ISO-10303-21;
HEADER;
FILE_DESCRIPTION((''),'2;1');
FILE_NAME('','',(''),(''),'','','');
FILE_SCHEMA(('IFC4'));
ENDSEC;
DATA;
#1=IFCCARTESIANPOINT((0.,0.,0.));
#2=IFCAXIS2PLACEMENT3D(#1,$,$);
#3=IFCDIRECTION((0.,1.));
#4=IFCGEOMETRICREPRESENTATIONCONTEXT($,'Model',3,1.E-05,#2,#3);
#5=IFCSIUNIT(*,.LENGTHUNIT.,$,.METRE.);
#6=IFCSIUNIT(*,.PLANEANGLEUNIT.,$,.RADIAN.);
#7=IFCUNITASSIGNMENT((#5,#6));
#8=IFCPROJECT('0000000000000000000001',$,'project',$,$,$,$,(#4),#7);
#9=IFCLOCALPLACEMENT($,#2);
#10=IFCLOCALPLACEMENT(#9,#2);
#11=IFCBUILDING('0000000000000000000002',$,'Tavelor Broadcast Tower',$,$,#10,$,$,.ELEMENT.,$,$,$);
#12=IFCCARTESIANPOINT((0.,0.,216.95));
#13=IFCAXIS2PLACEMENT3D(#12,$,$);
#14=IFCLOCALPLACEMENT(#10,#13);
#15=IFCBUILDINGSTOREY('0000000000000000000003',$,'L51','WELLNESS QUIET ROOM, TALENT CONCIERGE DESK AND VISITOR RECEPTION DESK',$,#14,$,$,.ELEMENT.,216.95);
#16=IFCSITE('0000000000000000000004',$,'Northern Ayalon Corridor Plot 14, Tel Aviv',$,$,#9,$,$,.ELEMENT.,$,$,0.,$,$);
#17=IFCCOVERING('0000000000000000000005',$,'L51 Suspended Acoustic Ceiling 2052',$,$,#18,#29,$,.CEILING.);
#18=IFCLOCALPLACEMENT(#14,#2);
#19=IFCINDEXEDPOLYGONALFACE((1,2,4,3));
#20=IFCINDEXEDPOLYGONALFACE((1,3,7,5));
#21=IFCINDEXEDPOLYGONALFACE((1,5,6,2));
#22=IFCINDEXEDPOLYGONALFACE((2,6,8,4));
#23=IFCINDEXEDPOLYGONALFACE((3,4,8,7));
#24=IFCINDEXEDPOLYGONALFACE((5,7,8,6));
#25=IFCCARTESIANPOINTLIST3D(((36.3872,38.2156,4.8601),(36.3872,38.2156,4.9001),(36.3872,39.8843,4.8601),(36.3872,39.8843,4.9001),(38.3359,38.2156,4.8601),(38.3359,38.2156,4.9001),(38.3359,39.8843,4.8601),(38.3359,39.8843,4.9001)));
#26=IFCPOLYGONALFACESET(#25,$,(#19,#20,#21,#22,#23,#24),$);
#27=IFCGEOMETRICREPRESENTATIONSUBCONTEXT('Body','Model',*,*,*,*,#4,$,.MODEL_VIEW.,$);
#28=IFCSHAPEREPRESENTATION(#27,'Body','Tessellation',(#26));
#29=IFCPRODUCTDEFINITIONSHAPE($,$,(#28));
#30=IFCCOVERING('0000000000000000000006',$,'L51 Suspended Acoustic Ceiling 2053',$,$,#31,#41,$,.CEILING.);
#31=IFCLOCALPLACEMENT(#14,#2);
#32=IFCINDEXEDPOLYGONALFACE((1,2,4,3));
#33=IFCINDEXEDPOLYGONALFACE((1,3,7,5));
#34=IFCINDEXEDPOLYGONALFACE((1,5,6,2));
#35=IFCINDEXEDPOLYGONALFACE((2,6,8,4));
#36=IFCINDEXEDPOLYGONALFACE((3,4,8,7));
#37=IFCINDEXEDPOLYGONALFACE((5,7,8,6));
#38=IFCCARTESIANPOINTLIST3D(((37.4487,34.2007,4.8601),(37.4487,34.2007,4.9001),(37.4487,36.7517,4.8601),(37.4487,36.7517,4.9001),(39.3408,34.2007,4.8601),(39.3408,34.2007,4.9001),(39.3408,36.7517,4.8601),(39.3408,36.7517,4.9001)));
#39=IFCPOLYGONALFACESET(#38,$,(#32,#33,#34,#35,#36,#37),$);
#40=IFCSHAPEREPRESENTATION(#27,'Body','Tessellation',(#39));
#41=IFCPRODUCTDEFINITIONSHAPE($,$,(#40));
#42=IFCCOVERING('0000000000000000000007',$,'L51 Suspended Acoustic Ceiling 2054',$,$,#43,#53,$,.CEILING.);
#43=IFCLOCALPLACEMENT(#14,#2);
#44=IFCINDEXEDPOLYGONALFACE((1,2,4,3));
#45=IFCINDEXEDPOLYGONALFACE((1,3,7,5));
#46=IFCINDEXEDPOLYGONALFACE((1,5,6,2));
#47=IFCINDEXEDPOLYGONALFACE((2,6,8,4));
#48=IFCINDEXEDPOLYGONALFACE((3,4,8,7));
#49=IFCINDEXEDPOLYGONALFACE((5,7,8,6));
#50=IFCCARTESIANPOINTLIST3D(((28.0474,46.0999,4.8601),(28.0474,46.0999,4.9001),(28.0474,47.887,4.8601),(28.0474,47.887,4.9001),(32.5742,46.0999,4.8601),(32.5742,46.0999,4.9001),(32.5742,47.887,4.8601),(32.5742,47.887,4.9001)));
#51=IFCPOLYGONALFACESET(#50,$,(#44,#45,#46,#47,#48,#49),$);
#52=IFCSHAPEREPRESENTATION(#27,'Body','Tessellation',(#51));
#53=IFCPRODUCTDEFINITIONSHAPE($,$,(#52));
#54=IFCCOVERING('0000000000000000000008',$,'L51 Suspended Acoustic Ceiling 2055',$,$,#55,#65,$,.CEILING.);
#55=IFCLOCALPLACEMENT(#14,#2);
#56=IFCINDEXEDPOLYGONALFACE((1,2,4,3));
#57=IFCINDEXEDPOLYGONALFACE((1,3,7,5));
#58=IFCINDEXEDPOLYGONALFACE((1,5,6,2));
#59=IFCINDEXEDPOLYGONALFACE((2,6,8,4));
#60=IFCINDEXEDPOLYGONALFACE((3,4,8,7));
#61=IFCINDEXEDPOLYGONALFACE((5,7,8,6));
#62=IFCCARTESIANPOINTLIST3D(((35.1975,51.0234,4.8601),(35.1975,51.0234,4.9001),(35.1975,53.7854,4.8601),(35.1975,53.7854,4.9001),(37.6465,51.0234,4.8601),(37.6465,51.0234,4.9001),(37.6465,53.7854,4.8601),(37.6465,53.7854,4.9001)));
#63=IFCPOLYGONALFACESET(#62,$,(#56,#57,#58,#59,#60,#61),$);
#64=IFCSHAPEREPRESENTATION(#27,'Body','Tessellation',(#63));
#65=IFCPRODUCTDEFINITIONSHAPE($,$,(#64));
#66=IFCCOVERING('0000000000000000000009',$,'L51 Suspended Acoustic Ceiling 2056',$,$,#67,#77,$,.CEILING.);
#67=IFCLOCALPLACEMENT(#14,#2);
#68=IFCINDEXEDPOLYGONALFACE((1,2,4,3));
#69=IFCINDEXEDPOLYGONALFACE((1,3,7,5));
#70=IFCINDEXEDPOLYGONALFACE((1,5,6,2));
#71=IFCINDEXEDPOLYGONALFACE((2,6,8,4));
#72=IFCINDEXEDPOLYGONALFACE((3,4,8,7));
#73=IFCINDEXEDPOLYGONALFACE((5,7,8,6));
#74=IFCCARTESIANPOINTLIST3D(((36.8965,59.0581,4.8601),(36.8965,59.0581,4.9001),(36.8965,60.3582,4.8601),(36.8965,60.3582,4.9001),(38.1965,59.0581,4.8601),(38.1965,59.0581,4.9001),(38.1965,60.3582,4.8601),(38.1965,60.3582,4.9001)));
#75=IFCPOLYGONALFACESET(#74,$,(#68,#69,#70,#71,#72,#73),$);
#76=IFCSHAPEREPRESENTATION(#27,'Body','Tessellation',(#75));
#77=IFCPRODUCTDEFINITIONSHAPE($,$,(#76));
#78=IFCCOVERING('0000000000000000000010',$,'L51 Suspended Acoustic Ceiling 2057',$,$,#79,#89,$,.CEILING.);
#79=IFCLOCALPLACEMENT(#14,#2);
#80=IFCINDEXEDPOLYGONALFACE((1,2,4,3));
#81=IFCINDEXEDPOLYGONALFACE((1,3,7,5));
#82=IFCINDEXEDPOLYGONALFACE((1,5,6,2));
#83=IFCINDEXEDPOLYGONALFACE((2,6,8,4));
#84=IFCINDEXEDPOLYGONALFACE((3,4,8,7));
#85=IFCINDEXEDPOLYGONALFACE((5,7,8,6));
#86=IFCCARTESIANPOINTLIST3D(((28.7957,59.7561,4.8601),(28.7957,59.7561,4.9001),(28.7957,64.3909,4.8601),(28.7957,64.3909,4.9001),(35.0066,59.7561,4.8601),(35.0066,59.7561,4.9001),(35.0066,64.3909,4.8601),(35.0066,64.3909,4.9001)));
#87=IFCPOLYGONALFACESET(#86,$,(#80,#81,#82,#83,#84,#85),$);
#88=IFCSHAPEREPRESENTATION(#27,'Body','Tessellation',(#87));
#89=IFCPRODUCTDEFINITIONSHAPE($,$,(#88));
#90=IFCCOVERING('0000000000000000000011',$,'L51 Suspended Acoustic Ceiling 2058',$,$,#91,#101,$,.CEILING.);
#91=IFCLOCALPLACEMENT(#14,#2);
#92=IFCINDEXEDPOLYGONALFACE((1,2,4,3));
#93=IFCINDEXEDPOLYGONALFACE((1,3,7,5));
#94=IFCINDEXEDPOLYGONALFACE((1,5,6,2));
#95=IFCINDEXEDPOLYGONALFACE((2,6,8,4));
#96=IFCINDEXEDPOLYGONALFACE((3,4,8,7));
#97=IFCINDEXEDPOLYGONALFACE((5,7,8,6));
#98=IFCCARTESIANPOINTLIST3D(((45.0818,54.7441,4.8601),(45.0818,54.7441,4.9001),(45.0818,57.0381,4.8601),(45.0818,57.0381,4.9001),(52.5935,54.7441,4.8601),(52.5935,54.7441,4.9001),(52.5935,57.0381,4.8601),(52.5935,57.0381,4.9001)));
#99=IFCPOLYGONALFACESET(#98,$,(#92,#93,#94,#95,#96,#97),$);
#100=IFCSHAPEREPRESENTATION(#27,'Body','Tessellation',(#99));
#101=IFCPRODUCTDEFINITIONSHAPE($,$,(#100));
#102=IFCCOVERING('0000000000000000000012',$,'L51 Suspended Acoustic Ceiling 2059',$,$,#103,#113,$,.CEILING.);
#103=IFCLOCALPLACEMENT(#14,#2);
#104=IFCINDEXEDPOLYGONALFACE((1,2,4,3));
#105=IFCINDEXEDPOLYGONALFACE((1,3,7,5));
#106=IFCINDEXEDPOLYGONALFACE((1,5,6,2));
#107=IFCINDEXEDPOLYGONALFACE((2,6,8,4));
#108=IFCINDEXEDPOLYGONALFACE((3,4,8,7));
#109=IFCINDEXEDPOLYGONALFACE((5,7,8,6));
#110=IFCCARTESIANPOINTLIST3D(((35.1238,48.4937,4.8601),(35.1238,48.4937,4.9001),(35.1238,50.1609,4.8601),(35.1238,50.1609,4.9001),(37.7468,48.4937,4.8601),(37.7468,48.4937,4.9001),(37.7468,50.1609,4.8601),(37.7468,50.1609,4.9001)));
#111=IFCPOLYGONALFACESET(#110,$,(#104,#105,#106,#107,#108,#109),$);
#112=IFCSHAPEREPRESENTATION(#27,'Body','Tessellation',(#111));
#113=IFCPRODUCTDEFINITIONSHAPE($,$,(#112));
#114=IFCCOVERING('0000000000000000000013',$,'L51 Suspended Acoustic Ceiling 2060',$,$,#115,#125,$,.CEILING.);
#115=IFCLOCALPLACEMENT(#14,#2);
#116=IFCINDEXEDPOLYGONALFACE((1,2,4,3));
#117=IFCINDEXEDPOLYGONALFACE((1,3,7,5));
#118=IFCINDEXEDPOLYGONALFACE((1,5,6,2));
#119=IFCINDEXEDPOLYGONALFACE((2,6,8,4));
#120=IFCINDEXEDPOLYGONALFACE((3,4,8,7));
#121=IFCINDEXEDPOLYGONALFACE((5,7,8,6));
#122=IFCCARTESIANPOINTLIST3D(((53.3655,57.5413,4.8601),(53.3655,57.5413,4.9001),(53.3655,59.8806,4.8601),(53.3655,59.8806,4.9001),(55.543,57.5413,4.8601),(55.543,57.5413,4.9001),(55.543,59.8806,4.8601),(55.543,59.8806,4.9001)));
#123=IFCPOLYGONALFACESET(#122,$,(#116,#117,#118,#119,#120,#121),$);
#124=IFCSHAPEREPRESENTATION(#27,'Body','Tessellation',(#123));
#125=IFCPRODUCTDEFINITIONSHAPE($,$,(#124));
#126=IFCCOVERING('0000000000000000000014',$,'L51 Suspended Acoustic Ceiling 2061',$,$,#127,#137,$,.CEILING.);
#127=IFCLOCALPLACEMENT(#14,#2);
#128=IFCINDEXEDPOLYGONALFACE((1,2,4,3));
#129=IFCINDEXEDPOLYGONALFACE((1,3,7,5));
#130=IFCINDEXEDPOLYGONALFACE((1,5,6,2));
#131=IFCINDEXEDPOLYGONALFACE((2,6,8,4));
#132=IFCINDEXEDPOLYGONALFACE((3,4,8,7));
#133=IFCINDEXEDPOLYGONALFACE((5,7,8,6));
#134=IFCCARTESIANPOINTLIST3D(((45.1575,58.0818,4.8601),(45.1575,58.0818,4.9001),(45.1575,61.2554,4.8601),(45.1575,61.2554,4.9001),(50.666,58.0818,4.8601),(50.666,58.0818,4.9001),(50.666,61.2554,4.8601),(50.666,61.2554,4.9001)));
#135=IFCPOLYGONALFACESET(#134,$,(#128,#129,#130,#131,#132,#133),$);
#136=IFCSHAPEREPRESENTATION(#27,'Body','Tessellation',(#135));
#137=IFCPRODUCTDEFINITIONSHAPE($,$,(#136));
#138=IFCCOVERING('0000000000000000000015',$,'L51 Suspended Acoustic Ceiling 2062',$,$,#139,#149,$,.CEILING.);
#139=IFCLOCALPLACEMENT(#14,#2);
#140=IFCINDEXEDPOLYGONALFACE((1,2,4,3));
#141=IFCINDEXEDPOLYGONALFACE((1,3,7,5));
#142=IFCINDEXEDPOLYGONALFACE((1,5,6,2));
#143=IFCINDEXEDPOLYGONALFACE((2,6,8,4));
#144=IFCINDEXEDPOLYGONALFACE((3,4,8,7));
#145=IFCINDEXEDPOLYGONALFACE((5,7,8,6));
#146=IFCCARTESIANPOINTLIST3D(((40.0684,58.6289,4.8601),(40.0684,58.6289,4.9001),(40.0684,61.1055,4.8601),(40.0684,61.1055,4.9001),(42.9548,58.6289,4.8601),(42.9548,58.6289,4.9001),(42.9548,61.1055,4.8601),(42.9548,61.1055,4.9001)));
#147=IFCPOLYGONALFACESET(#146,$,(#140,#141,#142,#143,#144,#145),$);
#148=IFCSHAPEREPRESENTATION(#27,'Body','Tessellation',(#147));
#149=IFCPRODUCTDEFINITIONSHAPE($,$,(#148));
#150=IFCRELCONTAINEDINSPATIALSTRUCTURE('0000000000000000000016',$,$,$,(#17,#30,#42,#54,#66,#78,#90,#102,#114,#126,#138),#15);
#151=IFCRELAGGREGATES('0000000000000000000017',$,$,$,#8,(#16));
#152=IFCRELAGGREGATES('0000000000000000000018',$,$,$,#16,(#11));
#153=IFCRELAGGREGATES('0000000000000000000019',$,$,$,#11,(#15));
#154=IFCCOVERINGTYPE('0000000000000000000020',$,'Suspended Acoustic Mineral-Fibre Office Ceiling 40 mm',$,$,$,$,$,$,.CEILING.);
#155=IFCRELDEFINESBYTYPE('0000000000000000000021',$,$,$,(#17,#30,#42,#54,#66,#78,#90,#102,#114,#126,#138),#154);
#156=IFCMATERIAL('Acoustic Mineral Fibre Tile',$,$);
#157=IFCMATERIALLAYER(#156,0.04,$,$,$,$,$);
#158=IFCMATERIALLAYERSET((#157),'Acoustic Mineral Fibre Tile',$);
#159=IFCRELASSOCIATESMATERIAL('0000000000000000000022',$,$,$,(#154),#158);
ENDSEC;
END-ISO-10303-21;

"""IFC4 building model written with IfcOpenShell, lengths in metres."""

from ifc_helpers import new_model, si_unit, direction, frame, origin, place, context, subcontext, project, spatial, polyline, outline, extrude, material, layer, layer_set, type_object, element, save


model = new_model("IFC4")

# Units and contexts
model_context = context("Model", 3, precision=1e-05, world=origin(), true_north=direction((0.0, 1.0)))
body_context = subcontext(model_context, "Body", "Model", "MODEL_VIEW")
ifc_project = project(units=[si_unit("LENGTHUNIT", "METRE"), si_unit("PLANEANGLEUNIT", "RADIAN")], contexts=[model_context])

# Site, building, storey
site_placement = place(None, origin())
site = spatial("IfcSite", under=ifc_project, at=site_placement, Name="Northern Ayalon Corridor Plot 14, Tel Aviv", CompositionType="ELEMENT", RefElevation=0.0)
building_placement = place(site_placement, origin())
building = spatial("IfcBuilding", under=site, at=building_placement, Name="Tavelor Broadcast Tower", CompositionType="ELEMENT")
storey_placement = place(building_placement, frame((0.0, 0.0, 216.95)))
storey = spatial("IfcBuildingStorey", under=building, at=storey_placement, Name="L51", Description="WELLNESS QUIET ROOM, TALENT CONCIERGE DESK AND VISITOR RECEPTION DESK", CompositionType="ELEMENT", Elevation=216.95)

# Coverings
ifc_material_1 = material(Name="Acoustic Mineral Fibre Tile")
ifc_layer_1 = layer(ifc_material_1, 0.04)
ifc_layer_set_1 = layer_set([ifc_layer_1], Name="Acoustic Mineral Fibre Tile")
covering_type_1 = type_object("IfcCoveringType", Name="Suspended Acoustic Mineral-Fibre Office Ceiling 40 mm", PredefinedType="CEILING", material=ifc_layer_set_1)
covering_1_placement = place(storey_placement, frame((0.0, 0.0, 4.8601)))
element("IfcCovering", 1, at=covering_1_placement, inside=storey, type_object=covering_type_1, Name="L51 Suspended Acoustic Ceiling 2052", PredefinedType="CEILING", context=body_context, shape_type="SweptSolid", body=[
    extrude(outline(polyline([(36.3872, 38.2156), (38.3359, 38.2156), (38.3359, 39.8843), (36.3872, 39.8843), (36.3872, 38.2156)])), origin(), (0.0, 0.0, 1.0), 0.04),
])
covering_2_placement = place(storey_placement, frame((0.0, 0.0, 4.8601)))
element("IfcCovering", 2, at=covering_2_placement, inside=storey, type_object=covering_type_1, Name="L51 Suspended Acoustic Ceiling 2053", PredefinedType="CEILING", context=body_context, shape_type="SweptSolid", body=[
    extrude(outline(polyline([(37.4487, 34.2007), (39.3408, 34.2007), (39.3408, 36.7517), (37.4487, 36.7517), (37.4487, 34.2007)])), origin(), (0.0, 0.0, 1.0), 0.04),
])
covering_3_placement = place(storey_placement, frame((0.0, 0.0, 4.8601)))
element("IfcCovering", 3, at=covering_3_placement, inside=storey, type_object=covering_type_1, Name="L51 Suspended Acoustic Ceiling 2054", PredefinedType="CEILING", context=body_context, shape_type="SweptSolid", body=[
    extrude(outline(polyline([(28.0474, 46.0999), (32.5742, 46.0999), (32.5742, 47.887), (28.0474, 47.887), (28.0474, 46.0999)])), origin(), (0.0, 0.0, 1.0), 0.04),
])
covering_4_placement = place(storey_placement, frame((0.0, 0.0, 4.8601)))
element("IfcCovering", 4, at=covering_4_placement, inside=storey, type_object=covering_type_1, Name="L51 Suspended Acoustic Ceiling 2055", PredefinedType="CEILING", context=body_context, shape_type="SweptSolid", body=[
    extrude(outline(polyline([(35.1975, 51.0234), (37.6465, 51.0234), (37.6465, 53.7854), (35.1975, 53.7854), (35.1975, 51.0234)])), origin(), (0.0, 0.0, 1.0), 0.04),
])
covering_5_placement = place(storey_placement, frame((0.0, 0.0, 4.8601)))
element("IfcCovering", 5, at=covering_5_placement, inside=storey, type_object=covering_type_1, Name="L51 Suspended Acoustic Ceiling 2056", PredefinedType="CEILING", context=body_context, shape_type="SweptSolid", body=[
    extrude(outline(polyline([(36.8965, 59.0581), (38.1965, 59.0581), (38.1965, 60.3582), (36.8965, 60.3582), (36.8965, 59.0581)])), origin(), (0.0, 0.0, 1.0), 0.04),
])
covering_6_placement = place(storey_placement, frame((0.0, 0.0, 4.8601)))
element("IfcCovering", 6, at=covering_6_placement, inside=storey, type_object=covering_type_1, Name="L51 Suspended Acoustic Ceiling 2057", PredefinedType="CEILING", context=body_context, shape_type="SweptSolid", body=[
    extrude(outline(polyline([(28.7957, 59.7561), (35.0066, 59.7561), (35.0066, 64.3909), (28.7957, 64.3909), (28.7957, 59.7561)])), origin(), (0.0, 0.0, 1.0), 0.04),
])
covering_7_placement = place(storey_placement, frame((0.0, 0.0, 4.8601)))
element("IfcCovering", 7, at=covering_7_placement, inside=storey, type_object=covering_type_1, Name="L51 Suspended Acoustic Ceiling 2058", PredefinedType="CEILING", context=body_context, shape_type="SweptSolid", body=[
    extrude(outline(polyline([(45.0818, 54.7441), (52.5935, 54.7441), (52.5935, 57.0381), (45.0818, 57.0381), (45.0818, 54.7441)])), origin(), (0.0, 0.0, 1.0), 0.04),
])
covering_8_placement = place(storey_placement, frame((0.0, 0.0, 4.8601)))
element("IfcCovering", 8, at=covering_8_placement, inside=storey, type_object=covering_type_1, Name="L51 Suspended Acoustic Ceiling 2059", PredefinedType="CEILING", context=body_context, shape_type="SweptSolid", body=[
    extrude(outline(polyline([(35.1238, 48.4937), (37.7468, 48.4937), (37.7468, 50.1609), (35.1238, 50.1609), (35.1238, 48.4937)])), origin(), (0.0, 0.0, 1.0), 0.04),
])
covering_9_placement = place(storey_placement, frame((0.0, 0.0, 4.8601)))
element("IfcCovering", 9, at=covering_9_placement, inside=storey, type_object=covering_type_1, Name="L51 Suspended Acoustic Ceiling 2060", PredefinedType="CEILING", context=body_context, shape_type="SweptSolid", body=[
    extrude(outline(polyline([(53.3655, 57.5413), (55.543, 57.5413), (55.543, 59.8806), (53.3655, 59.8806), (53.3655, 57.5413)])), origin(), (0.0, 0.0, 1.0), 0.04),
])
covering_10_placement = place(storey_placement, frame((0.0, 0.0, 4.8601)))
element("IfcCovering", 10, at=covering_10_placement, inside=storey, type_object=covering_type_1, Name="L51 Suspended Acoustic Ceiling 2061", PredefinedType="CEILING", context=body_context, shape_type="SweptSolid", body=[
    extrude(outline(polyline([(45.1575, 58.0818), (50.666, 58.0818), (50.666, 61.2554), (45.1575, 61.2554), (45.1575, 58.0818)])), origin(), (0.0, 0.0, 1.0), 0.04),
])
covering_11_placement = place(storey_placement, frame((0.0, 0.0, 4.8601)))
element("IfcCovering", 11, at=covering_11_placement, inside=storey, type_object=covering_type_1, Name="L51 Suspended Acoustic Ceiling 2062", PredefinedType="CEILING", context=body_context, shape_type="SweptSolid", body=[
    extrude(outline(polyline([(40.0684, 58.6289), (42.9548, 58.6289), (42.9548, 61.1055), (40.0684, 61.1055), (40.0684, 58.6289)])), origin(), (0.0, 0.0, 1.0), 0.04),
])

save(model, "model.ifc")
